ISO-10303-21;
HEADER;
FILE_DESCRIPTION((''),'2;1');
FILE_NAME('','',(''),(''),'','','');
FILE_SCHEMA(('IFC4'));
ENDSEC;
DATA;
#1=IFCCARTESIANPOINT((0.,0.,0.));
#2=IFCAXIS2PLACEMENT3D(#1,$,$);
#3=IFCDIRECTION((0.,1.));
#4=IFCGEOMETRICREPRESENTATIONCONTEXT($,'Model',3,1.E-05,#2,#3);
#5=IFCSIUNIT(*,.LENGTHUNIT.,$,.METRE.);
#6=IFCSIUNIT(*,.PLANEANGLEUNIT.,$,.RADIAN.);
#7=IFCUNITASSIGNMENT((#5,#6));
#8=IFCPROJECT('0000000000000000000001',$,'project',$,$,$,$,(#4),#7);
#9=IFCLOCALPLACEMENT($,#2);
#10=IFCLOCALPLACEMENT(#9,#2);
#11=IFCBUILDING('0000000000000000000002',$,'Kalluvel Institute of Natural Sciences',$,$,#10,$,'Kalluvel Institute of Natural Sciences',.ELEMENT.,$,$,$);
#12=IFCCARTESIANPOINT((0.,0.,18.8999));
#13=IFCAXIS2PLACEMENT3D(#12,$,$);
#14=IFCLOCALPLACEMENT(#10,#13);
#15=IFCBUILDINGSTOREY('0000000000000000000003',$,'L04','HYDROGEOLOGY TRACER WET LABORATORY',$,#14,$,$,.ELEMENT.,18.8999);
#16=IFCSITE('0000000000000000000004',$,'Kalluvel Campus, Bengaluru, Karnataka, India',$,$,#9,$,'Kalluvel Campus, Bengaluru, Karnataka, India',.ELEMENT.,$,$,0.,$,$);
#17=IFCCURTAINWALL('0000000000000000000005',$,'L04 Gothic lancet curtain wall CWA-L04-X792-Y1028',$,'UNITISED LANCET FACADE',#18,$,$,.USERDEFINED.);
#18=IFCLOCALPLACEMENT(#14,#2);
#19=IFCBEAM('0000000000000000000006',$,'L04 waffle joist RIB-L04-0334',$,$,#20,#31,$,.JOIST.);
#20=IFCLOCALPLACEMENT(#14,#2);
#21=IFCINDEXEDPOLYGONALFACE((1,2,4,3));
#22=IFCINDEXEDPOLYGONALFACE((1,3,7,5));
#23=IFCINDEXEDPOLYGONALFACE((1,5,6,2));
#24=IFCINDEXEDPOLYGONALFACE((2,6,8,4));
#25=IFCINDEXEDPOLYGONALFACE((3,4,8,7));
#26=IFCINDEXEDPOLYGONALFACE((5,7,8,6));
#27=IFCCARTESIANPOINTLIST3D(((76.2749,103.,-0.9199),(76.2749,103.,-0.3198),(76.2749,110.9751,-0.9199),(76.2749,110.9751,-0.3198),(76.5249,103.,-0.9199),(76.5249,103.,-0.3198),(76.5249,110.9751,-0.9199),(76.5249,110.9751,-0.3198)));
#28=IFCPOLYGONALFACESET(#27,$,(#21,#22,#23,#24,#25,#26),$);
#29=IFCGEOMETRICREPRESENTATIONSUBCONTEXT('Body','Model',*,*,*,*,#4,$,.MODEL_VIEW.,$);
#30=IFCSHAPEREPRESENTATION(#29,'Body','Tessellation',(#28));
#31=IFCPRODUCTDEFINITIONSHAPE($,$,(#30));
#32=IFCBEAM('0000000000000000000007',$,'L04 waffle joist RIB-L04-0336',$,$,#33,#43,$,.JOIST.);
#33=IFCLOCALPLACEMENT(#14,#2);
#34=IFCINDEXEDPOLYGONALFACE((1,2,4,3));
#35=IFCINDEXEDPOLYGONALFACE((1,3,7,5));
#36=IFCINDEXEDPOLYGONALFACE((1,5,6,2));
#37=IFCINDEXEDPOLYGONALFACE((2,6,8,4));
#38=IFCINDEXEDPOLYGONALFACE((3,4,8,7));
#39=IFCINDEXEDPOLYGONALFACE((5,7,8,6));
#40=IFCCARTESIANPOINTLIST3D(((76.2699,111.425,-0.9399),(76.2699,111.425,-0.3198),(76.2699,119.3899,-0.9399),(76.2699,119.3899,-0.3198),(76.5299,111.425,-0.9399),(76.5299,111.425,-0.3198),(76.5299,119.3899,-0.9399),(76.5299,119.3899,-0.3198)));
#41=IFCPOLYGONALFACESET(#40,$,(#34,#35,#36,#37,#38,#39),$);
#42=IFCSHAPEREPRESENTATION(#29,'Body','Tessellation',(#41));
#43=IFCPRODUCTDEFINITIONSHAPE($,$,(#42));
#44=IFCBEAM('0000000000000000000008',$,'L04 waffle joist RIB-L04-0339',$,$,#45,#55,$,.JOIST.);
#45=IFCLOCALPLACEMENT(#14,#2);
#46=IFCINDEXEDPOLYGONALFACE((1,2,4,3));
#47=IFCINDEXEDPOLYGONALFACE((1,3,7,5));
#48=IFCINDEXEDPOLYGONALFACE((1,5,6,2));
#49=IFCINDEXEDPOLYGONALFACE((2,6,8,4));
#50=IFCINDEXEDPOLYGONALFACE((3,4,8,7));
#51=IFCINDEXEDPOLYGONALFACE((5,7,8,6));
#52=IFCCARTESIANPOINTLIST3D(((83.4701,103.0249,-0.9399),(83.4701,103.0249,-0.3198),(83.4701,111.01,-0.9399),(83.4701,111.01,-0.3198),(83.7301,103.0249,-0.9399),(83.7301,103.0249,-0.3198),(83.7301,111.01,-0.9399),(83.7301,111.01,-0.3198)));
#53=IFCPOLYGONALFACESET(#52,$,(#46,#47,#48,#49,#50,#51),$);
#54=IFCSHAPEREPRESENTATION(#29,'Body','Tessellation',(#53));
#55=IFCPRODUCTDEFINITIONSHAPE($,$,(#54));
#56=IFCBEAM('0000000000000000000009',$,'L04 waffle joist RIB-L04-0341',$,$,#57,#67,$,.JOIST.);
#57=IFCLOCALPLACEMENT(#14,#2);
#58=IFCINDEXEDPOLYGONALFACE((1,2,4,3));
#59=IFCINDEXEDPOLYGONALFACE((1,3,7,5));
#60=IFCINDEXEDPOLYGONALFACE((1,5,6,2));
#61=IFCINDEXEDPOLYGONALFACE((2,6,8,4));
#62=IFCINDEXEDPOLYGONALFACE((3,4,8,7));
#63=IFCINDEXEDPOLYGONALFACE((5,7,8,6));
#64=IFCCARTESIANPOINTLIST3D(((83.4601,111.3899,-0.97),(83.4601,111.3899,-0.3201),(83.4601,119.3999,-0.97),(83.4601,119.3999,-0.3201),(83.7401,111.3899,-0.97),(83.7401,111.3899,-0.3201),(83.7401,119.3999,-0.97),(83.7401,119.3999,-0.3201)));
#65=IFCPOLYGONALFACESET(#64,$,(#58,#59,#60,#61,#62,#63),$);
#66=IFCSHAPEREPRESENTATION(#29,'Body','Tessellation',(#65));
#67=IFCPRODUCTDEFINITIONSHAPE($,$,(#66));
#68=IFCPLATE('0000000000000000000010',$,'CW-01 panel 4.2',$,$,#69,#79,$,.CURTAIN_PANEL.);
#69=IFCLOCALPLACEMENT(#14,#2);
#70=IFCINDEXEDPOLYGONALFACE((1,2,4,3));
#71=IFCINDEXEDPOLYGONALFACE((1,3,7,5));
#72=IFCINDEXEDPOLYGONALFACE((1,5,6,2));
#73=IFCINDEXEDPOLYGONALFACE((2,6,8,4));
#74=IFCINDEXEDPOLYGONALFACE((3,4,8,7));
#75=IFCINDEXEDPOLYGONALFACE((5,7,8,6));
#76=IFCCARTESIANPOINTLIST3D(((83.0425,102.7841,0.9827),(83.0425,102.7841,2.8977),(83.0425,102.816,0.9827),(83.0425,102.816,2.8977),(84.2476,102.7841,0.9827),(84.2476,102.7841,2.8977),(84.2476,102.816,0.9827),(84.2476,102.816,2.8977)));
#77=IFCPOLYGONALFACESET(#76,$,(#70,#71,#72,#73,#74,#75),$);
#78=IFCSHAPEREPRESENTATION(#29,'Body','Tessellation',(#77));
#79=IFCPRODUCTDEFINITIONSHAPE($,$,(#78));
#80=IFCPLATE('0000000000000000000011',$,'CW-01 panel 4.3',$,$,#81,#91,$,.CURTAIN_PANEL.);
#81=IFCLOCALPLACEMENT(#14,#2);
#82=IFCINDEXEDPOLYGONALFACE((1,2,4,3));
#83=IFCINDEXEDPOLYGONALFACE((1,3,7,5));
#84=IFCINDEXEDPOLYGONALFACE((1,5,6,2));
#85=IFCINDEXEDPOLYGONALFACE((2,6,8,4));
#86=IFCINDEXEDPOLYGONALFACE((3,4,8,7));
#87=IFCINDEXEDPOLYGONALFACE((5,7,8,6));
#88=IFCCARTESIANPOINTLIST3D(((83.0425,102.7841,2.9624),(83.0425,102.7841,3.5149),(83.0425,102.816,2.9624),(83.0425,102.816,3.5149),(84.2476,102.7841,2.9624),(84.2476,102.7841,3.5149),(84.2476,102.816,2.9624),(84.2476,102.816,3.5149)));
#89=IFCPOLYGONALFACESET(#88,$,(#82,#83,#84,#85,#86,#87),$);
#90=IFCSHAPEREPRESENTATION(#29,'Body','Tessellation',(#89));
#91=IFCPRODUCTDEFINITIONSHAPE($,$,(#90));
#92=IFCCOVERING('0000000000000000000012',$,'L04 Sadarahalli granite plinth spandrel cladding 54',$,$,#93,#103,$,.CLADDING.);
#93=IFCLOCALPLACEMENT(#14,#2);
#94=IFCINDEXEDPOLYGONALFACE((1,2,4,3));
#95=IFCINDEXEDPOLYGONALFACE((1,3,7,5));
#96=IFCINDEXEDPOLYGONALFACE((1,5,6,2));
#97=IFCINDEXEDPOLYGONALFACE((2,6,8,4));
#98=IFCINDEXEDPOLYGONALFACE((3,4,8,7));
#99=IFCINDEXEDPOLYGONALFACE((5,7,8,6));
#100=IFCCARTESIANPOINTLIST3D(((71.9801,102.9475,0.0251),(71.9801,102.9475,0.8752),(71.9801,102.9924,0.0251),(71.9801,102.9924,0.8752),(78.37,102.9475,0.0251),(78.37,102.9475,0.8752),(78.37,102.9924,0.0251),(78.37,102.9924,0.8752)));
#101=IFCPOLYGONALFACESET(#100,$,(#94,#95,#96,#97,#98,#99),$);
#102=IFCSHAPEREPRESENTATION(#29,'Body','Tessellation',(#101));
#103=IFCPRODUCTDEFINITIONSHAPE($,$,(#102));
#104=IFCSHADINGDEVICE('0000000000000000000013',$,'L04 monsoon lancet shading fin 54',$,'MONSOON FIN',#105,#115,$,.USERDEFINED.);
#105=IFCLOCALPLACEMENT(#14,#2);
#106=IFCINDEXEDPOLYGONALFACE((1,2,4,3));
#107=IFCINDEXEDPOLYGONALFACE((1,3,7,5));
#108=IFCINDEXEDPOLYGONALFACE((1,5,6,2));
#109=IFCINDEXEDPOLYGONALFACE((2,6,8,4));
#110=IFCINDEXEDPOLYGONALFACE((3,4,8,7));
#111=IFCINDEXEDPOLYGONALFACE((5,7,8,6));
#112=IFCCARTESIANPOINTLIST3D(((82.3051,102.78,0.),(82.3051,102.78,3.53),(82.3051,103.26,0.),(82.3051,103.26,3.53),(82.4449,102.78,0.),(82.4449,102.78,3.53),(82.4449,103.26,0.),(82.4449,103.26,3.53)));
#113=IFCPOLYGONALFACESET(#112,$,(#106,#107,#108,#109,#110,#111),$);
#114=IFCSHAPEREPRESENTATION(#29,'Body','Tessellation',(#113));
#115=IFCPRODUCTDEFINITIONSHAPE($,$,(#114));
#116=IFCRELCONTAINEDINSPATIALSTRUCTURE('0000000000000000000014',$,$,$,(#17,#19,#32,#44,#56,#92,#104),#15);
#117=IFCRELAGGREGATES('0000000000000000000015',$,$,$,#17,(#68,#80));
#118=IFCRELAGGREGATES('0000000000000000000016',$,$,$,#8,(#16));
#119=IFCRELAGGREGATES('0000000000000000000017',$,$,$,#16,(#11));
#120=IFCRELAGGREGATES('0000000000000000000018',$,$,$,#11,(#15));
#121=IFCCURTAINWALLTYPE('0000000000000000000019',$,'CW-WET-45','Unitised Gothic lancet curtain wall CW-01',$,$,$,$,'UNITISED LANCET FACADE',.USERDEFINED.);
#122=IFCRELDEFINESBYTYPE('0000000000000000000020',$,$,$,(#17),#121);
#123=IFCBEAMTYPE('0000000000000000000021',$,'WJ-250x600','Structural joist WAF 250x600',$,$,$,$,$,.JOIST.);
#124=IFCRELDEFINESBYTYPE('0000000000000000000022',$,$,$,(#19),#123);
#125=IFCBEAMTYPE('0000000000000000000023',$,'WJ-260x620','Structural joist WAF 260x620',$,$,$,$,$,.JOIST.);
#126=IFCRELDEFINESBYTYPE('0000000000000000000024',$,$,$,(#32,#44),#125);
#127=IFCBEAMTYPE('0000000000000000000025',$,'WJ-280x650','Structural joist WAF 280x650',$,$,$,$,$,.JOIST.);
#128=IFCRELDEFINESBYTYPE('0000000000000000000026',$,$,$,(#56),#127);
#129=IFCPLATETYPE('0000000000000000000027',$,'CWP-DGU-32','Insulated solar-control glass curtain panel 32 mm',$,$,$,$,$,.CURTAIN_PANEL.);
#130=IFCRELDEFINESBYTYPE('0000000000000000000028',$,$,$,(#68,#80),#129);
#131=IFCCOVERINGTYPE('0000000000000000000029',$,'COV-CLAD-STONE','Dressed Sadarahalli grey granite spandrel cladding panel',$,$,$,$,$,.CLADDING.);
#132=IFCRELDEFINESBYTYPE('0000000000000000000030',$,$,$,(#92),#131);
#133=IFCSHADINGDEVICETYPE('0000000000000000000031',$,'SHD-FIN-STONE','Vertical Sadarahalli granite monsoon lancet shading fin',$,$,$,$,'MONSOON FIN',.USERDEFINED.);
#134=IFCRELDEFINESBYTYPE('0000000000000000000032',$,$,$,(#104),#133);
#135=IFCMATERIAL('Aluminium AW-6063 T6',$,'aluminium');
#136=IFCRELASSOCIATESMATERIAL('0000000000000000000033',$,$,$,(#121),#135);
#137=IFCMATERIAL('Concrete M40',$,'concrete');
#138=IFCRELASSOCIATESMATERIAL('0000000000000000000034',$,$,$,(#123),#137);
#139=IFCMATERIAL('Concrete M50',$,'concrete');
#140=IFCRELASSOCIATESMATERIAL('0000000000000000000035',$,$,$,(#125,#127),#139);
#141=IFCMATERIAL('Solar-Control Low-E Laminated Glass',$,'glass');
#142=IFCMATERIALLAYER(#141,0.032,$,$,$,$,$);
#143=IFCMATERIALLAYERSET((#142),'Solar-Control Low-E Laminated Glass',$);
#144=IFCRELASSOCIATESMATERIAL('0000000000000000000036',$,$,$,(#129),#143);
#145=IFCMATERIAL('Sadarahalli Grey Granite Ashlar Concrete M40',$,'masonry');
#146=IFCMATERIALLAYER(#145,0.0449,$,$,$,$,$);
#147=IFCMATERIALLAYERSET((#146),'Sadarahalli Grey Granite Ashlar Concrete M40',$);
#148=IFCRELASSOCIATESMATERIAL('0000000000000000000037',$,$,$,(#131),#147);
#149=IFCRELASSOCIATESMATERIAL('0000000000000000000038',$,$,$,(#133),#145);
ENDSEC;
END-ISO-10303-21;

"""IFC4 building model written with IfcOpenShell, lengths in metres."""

from ifc_helpers import new_model, si_unit, direction, frame, origin, origin_2d, place, context, subcontext, project, spatial, rectangle, extrude, material, layer, layer_set, material_profile, profile_set, type_object, element, aggregate, save


model = new_model("IFC4")

# Units and contexts
model_context = context("Model", 3, precision=1e-05, world=origin(), true_north=direction((0.0, 1.0)))
body_context = subcontext(model_context, "Body", "Model", "MODEL_VIEW")
ifc_project = project(units=[si_unit("LENGTHUNIT", "METRE"), si_unit("PLANEANGLEUNIT", "RADIAN")], contexts=[model_context])

# Site, building, storey
site_placement = place(None, origin())
site = spatial("IfcSite", under=ifc_project, at=site_placement, Name="Kalluvel Campus, Bengaluru, Karnataka, India", LongName="Kalluvel Campus, Bengaluru, Karnataka, India", CompositionType="ELEMENT", RefElevation=0.0)
building_placement = place(site_placement, origin())
building = spatial("IfcBuilding", under=site, at=building_placement, Name="Kalluvel Institute of Natural Sciences", LongName="Kalluvel Institute of Natural Sciences", CompositionType="ELEMENT")
storey_placement = place(building_placement, frame((0.0, 0.0, 18.8999)))
storey = spatial("IfcBuildingStorey", under=building, at=storey_placement, Name="L04", Description="HYDROGEOLOGY TRACER WET LABORATORY", CompositionType="ELEMENT", Elevation=18.8999)

# Shared definitions
ifc_material_1 = material(Name="Concrete M50", Category="concrete")
ifc_material_2 = material(Name="Concrete M40", Category="concrete")

# Curtain wall
ifc_material_3 = material(Name="Aluminium AW-6063 T6", Category="aluminium")
curtain_wall_type = type_object("IfcCurtainWallType", Name="CW-WET-45", Description="Unitised Gothic lancet curtain wall CW-01", ElementType="UNITISED LANCET FACADE", PredefinedType="USERDEFINED", material=ifc_material_3)
curtain_wall_placement = place(storey_placement, origin())
curtain_wall = element("IfcCurtainWall", 1, at=curtain_wall_placement, inside=storey, type_object=curtain_wall_type, Name="L04 Gothic lancet curtain wall CWA-L04-X792-Y1028", ObjectType="UNITISED LANCET FACADE", PredefinedType="USERDEFINED")

# Beams
ifc_material_profile_1 = material_profile(ifc_material_2, rectangle(XDim=0.25, YDim=0.6001, at=origin_2d()), Name="WAF 250x600")
ifc_profile_set_1 = profile_set([ifc_material_profile_1], Name="Concrete M40")
beam_type_1 = type_object("IfcBeamType", Name="WJ-250x600", Description="Structural joist WAF 250x600", PredefinedType="JOIST", material=ifc_profile_set_1)
beam_1_placement = place(storey_placement, frame((76.3999, 103.0, -0.6199), z_axis=(0.0, 1.0, 0.0), x_axis=(-1.0, 0.0, 0.0)))
element("IfcBeam", 2, at=beam_1_placement, inside=storey, type_object=beam_type_1, Name="L04 waffle joist RIB-L04-0334", PredefinedType="JOIST", context=body_context, shape_type="SweptSolid", body=[
    extrude(rectangle(XDim=0.25, YDim=0.6001, at=origin_2d()), origin(), (0.0, 0.0, 1.0), 7.9751),
])
ifc_material_profile_2 = material_profile(ifc_material_1, rectangle(XDim=0.26, YDim=0.6201, at=origin_2d()), Name="WAF 260x620")
ifc_profile_set_2 = profile_set([ifc_material_profile_2], Name="Concrete M50")
beam_type_2 = type_object("IfcBeamType", Name="WJ-260x620", Description="Structural joist WAF 260x620", PredefinedType="JOIST", material=ifc_profile_set_2)
beam_2_placement = place(storey_placement, frame((76.3999, 111.425, -0.6299), z_axis=(0.0, 1.0, 0.0), x_axis=(-1.0, 0.0, 0.0)))
element("IfcBeam", 3, at=beam_2_placement, inside=storey, type_object=beam_type_2, Name="L04 waffle joist RIB-L04-0336", PredefinedType="JOIST", context=body_context, shape_type="SweptSolid", body=[
    extrude(rectangle(XDim=0.26, YDim=0.6201, at=origin_2d()), origin(), (0.0, 0.0, 1.0), 7.9648),
])
beam_3_placement = place(storey_placement, frame((83.6001, 103.0249, -0.6299), z_axis=(0.0, 1.0, 0.0), x_axis=(-1.0, 0.0, 0.0)))
element("IfcBeam", 4, at=beam_3_placement, inside=storey, type_object=beam_type_2, Name="L04 waffle joist RIB-L04-0339", PredefinedType="JOIST", context=body_context, shape_type="SweptSolid", body=[
    extrude(rectangle(XDim=0.26, YDim=0.6201, at=origin_2d()), origin(), (0.0, 0.0, 1.0), 7.9851),
])
ifc_material_profile_3 = material_profile(ifc_material_1, rectangle(XDim=0.28, YDim=0.6499, at=origin_2d()), Name="WAF 280x650")
ifc_profile_set_3 = profile_set([ifc_material_profile_3], Name="Concrete M50")
beam_type_3 = type_object("IfcBeamType", Name="WJ-280x650", Description="Structural joist WAF 280x650", PredefinedType="JOIST", material=ifc_profile_set_3)
beam_4_placement = place(storey_placement, frame((83.6001, 111.3899, -0.645), z_axis=(0.0, 1.0, 0.0), x_axis=(-1.0, 0.0, 0.0)))
element("IfcBeam", 5, at=beam_4_placement, inside=storey, type_object=beam_type_3, Name="L04 waffle joist RIB-L04-0341", PredefinedType="JOIST", context=body_context, shape_type="SweptSolid", body=[
    extrude(rectangle(XDim=0.28, YDim=0.6499, at=origin_2d()), origin(), (0.0, 0.0, 1.0), 8.01),
])

# Plates
ifc_material_4 = material(Name="Solar-Control Low-E Laminated Glass", Category="glass")
ifc_layer_1 = layer(ifc_material_4, 0.032)
ifc_layer_set_1 = layer_set([ifc_layer_1], Name="Solar-Control Low-E Laminated Glass")
plate_type = type_object("IfcPlateType", Name="CWP-DGU-32", Description="Insulated solar-control glass curtain panel 32 mm", PredefinedType="CURTAIN_PANEL", material=ifc_layer_set_1)
plate_1_placement = place(storey_placement, frame((83.645, 102.8, 0.9827), z_axis=(0.0, 0.0, 1.0), x_axis=(1.0, 0.0, 0.0)))
plate_1 = element("IfcPlate", 6, at=plate_1_placement, type_object=plate_type, Name="CW-01 panel 4.2", PredefinedType="CURTAIN_PANEL", context=body_context, shape_type="SweptSolid", body=[
    extrude(rectangle(XDim=1.2051, YDim=0.032, at=origin_2d()), origin(), (0.0, 0.0, 1.0), 1.915),
])
plate_2_placement = place(storey_placement, frame((83.645, 102.8, 2.9624), z_axis=(0.0, 0.0, 1.0), x_axis=(1.0, 0.0, 0.0)))
plate_2 = element("IfcPlate", 7, at=plate_2_placement, type_object=plate_type, Name="CW-01 panel 4.3", PredefinedType="CURTAIN_PANEL", context=body_context, shape_type="SweptSolid", body=[
    extrude(rectangle(XDim=1.2051, YDim=0.032, at=origin_2d()), origin(), (0.0, 0.0, 1.0), 0.5525),
])
aggregate(curtain_wall, [plate_1, plate_2])

# Covering
ifc_material_5 = material(Name="Sadarahalli Grey Granite Ashlar Concrete M40", Category="masonry")
ifc_layer_2 = layer(ifc_material_5, 0.0449)
ifc_layer_set_2 = layer_set([ifc_layer_2], Name="Sadarahalli Grey Granite Ashlar Concrete M40")
covering_type = type_object("IfcCoveringType", Name="COV-CLAD-STONE", Description="Dressed Sadarahalli grey granite spandrel cladding panel", PredefinedType="CLADDING", material=ifc_layer_set_2)
covering_placement = place(storey_placement, frame((75.175, 102.97, 0.0251), z_axis=(0.0, 0.0, 1.0), x_axis=(1.0, 0.0, 0.0)))
element("IfcCovering", 8, at=covering_placement, inside=storey, type_object=covering_type, Name="L04 Sadarahalli granite plinth spandrel cladding 54", PredefinedType="CLADDING", context=body_context, shape_type="SweptSolid", body=[
    extrude(rectangle(XDim=6.3899, YDim=0.0449, at=origin_2d()), origin(), (0.0, 0.0, 1.0), 0.8501),
])

# Shading device
shading_device_type = type_object("IfcShadingDeviceType", Name="SHD-FIN-STONE", Description="Vertical Sadarahalli granite monsoon lancet shading fin", ElementType="MONSOON FIN", PredefinedType="USERDEFINED", material=ifc_material_5)
shading_device_placement = place(storey_placement, frame((82.375, 103.02, 0.0), z_axis=(0.0, 0.0, 1.0), x_axis=(1.0, 0.0, 0.0)))
element("IfcShadingDevice", 9, at=shading_device_placement, inside=storey, type_object=shading_device_type, Name="L04 monsoon lancet shading fin 54", ObjectType="MONSOON FIN", PredefinedType="USERDEFINED", context=body_context, shape_type="SweptSolid", body=[
    extrude(rectangle(XDim=0.1399, YDim=0.48, at=origin_2d()), origin(), (0.0, 0.0, 1.0), 3.53),
])

save(model, "model.ifc")
